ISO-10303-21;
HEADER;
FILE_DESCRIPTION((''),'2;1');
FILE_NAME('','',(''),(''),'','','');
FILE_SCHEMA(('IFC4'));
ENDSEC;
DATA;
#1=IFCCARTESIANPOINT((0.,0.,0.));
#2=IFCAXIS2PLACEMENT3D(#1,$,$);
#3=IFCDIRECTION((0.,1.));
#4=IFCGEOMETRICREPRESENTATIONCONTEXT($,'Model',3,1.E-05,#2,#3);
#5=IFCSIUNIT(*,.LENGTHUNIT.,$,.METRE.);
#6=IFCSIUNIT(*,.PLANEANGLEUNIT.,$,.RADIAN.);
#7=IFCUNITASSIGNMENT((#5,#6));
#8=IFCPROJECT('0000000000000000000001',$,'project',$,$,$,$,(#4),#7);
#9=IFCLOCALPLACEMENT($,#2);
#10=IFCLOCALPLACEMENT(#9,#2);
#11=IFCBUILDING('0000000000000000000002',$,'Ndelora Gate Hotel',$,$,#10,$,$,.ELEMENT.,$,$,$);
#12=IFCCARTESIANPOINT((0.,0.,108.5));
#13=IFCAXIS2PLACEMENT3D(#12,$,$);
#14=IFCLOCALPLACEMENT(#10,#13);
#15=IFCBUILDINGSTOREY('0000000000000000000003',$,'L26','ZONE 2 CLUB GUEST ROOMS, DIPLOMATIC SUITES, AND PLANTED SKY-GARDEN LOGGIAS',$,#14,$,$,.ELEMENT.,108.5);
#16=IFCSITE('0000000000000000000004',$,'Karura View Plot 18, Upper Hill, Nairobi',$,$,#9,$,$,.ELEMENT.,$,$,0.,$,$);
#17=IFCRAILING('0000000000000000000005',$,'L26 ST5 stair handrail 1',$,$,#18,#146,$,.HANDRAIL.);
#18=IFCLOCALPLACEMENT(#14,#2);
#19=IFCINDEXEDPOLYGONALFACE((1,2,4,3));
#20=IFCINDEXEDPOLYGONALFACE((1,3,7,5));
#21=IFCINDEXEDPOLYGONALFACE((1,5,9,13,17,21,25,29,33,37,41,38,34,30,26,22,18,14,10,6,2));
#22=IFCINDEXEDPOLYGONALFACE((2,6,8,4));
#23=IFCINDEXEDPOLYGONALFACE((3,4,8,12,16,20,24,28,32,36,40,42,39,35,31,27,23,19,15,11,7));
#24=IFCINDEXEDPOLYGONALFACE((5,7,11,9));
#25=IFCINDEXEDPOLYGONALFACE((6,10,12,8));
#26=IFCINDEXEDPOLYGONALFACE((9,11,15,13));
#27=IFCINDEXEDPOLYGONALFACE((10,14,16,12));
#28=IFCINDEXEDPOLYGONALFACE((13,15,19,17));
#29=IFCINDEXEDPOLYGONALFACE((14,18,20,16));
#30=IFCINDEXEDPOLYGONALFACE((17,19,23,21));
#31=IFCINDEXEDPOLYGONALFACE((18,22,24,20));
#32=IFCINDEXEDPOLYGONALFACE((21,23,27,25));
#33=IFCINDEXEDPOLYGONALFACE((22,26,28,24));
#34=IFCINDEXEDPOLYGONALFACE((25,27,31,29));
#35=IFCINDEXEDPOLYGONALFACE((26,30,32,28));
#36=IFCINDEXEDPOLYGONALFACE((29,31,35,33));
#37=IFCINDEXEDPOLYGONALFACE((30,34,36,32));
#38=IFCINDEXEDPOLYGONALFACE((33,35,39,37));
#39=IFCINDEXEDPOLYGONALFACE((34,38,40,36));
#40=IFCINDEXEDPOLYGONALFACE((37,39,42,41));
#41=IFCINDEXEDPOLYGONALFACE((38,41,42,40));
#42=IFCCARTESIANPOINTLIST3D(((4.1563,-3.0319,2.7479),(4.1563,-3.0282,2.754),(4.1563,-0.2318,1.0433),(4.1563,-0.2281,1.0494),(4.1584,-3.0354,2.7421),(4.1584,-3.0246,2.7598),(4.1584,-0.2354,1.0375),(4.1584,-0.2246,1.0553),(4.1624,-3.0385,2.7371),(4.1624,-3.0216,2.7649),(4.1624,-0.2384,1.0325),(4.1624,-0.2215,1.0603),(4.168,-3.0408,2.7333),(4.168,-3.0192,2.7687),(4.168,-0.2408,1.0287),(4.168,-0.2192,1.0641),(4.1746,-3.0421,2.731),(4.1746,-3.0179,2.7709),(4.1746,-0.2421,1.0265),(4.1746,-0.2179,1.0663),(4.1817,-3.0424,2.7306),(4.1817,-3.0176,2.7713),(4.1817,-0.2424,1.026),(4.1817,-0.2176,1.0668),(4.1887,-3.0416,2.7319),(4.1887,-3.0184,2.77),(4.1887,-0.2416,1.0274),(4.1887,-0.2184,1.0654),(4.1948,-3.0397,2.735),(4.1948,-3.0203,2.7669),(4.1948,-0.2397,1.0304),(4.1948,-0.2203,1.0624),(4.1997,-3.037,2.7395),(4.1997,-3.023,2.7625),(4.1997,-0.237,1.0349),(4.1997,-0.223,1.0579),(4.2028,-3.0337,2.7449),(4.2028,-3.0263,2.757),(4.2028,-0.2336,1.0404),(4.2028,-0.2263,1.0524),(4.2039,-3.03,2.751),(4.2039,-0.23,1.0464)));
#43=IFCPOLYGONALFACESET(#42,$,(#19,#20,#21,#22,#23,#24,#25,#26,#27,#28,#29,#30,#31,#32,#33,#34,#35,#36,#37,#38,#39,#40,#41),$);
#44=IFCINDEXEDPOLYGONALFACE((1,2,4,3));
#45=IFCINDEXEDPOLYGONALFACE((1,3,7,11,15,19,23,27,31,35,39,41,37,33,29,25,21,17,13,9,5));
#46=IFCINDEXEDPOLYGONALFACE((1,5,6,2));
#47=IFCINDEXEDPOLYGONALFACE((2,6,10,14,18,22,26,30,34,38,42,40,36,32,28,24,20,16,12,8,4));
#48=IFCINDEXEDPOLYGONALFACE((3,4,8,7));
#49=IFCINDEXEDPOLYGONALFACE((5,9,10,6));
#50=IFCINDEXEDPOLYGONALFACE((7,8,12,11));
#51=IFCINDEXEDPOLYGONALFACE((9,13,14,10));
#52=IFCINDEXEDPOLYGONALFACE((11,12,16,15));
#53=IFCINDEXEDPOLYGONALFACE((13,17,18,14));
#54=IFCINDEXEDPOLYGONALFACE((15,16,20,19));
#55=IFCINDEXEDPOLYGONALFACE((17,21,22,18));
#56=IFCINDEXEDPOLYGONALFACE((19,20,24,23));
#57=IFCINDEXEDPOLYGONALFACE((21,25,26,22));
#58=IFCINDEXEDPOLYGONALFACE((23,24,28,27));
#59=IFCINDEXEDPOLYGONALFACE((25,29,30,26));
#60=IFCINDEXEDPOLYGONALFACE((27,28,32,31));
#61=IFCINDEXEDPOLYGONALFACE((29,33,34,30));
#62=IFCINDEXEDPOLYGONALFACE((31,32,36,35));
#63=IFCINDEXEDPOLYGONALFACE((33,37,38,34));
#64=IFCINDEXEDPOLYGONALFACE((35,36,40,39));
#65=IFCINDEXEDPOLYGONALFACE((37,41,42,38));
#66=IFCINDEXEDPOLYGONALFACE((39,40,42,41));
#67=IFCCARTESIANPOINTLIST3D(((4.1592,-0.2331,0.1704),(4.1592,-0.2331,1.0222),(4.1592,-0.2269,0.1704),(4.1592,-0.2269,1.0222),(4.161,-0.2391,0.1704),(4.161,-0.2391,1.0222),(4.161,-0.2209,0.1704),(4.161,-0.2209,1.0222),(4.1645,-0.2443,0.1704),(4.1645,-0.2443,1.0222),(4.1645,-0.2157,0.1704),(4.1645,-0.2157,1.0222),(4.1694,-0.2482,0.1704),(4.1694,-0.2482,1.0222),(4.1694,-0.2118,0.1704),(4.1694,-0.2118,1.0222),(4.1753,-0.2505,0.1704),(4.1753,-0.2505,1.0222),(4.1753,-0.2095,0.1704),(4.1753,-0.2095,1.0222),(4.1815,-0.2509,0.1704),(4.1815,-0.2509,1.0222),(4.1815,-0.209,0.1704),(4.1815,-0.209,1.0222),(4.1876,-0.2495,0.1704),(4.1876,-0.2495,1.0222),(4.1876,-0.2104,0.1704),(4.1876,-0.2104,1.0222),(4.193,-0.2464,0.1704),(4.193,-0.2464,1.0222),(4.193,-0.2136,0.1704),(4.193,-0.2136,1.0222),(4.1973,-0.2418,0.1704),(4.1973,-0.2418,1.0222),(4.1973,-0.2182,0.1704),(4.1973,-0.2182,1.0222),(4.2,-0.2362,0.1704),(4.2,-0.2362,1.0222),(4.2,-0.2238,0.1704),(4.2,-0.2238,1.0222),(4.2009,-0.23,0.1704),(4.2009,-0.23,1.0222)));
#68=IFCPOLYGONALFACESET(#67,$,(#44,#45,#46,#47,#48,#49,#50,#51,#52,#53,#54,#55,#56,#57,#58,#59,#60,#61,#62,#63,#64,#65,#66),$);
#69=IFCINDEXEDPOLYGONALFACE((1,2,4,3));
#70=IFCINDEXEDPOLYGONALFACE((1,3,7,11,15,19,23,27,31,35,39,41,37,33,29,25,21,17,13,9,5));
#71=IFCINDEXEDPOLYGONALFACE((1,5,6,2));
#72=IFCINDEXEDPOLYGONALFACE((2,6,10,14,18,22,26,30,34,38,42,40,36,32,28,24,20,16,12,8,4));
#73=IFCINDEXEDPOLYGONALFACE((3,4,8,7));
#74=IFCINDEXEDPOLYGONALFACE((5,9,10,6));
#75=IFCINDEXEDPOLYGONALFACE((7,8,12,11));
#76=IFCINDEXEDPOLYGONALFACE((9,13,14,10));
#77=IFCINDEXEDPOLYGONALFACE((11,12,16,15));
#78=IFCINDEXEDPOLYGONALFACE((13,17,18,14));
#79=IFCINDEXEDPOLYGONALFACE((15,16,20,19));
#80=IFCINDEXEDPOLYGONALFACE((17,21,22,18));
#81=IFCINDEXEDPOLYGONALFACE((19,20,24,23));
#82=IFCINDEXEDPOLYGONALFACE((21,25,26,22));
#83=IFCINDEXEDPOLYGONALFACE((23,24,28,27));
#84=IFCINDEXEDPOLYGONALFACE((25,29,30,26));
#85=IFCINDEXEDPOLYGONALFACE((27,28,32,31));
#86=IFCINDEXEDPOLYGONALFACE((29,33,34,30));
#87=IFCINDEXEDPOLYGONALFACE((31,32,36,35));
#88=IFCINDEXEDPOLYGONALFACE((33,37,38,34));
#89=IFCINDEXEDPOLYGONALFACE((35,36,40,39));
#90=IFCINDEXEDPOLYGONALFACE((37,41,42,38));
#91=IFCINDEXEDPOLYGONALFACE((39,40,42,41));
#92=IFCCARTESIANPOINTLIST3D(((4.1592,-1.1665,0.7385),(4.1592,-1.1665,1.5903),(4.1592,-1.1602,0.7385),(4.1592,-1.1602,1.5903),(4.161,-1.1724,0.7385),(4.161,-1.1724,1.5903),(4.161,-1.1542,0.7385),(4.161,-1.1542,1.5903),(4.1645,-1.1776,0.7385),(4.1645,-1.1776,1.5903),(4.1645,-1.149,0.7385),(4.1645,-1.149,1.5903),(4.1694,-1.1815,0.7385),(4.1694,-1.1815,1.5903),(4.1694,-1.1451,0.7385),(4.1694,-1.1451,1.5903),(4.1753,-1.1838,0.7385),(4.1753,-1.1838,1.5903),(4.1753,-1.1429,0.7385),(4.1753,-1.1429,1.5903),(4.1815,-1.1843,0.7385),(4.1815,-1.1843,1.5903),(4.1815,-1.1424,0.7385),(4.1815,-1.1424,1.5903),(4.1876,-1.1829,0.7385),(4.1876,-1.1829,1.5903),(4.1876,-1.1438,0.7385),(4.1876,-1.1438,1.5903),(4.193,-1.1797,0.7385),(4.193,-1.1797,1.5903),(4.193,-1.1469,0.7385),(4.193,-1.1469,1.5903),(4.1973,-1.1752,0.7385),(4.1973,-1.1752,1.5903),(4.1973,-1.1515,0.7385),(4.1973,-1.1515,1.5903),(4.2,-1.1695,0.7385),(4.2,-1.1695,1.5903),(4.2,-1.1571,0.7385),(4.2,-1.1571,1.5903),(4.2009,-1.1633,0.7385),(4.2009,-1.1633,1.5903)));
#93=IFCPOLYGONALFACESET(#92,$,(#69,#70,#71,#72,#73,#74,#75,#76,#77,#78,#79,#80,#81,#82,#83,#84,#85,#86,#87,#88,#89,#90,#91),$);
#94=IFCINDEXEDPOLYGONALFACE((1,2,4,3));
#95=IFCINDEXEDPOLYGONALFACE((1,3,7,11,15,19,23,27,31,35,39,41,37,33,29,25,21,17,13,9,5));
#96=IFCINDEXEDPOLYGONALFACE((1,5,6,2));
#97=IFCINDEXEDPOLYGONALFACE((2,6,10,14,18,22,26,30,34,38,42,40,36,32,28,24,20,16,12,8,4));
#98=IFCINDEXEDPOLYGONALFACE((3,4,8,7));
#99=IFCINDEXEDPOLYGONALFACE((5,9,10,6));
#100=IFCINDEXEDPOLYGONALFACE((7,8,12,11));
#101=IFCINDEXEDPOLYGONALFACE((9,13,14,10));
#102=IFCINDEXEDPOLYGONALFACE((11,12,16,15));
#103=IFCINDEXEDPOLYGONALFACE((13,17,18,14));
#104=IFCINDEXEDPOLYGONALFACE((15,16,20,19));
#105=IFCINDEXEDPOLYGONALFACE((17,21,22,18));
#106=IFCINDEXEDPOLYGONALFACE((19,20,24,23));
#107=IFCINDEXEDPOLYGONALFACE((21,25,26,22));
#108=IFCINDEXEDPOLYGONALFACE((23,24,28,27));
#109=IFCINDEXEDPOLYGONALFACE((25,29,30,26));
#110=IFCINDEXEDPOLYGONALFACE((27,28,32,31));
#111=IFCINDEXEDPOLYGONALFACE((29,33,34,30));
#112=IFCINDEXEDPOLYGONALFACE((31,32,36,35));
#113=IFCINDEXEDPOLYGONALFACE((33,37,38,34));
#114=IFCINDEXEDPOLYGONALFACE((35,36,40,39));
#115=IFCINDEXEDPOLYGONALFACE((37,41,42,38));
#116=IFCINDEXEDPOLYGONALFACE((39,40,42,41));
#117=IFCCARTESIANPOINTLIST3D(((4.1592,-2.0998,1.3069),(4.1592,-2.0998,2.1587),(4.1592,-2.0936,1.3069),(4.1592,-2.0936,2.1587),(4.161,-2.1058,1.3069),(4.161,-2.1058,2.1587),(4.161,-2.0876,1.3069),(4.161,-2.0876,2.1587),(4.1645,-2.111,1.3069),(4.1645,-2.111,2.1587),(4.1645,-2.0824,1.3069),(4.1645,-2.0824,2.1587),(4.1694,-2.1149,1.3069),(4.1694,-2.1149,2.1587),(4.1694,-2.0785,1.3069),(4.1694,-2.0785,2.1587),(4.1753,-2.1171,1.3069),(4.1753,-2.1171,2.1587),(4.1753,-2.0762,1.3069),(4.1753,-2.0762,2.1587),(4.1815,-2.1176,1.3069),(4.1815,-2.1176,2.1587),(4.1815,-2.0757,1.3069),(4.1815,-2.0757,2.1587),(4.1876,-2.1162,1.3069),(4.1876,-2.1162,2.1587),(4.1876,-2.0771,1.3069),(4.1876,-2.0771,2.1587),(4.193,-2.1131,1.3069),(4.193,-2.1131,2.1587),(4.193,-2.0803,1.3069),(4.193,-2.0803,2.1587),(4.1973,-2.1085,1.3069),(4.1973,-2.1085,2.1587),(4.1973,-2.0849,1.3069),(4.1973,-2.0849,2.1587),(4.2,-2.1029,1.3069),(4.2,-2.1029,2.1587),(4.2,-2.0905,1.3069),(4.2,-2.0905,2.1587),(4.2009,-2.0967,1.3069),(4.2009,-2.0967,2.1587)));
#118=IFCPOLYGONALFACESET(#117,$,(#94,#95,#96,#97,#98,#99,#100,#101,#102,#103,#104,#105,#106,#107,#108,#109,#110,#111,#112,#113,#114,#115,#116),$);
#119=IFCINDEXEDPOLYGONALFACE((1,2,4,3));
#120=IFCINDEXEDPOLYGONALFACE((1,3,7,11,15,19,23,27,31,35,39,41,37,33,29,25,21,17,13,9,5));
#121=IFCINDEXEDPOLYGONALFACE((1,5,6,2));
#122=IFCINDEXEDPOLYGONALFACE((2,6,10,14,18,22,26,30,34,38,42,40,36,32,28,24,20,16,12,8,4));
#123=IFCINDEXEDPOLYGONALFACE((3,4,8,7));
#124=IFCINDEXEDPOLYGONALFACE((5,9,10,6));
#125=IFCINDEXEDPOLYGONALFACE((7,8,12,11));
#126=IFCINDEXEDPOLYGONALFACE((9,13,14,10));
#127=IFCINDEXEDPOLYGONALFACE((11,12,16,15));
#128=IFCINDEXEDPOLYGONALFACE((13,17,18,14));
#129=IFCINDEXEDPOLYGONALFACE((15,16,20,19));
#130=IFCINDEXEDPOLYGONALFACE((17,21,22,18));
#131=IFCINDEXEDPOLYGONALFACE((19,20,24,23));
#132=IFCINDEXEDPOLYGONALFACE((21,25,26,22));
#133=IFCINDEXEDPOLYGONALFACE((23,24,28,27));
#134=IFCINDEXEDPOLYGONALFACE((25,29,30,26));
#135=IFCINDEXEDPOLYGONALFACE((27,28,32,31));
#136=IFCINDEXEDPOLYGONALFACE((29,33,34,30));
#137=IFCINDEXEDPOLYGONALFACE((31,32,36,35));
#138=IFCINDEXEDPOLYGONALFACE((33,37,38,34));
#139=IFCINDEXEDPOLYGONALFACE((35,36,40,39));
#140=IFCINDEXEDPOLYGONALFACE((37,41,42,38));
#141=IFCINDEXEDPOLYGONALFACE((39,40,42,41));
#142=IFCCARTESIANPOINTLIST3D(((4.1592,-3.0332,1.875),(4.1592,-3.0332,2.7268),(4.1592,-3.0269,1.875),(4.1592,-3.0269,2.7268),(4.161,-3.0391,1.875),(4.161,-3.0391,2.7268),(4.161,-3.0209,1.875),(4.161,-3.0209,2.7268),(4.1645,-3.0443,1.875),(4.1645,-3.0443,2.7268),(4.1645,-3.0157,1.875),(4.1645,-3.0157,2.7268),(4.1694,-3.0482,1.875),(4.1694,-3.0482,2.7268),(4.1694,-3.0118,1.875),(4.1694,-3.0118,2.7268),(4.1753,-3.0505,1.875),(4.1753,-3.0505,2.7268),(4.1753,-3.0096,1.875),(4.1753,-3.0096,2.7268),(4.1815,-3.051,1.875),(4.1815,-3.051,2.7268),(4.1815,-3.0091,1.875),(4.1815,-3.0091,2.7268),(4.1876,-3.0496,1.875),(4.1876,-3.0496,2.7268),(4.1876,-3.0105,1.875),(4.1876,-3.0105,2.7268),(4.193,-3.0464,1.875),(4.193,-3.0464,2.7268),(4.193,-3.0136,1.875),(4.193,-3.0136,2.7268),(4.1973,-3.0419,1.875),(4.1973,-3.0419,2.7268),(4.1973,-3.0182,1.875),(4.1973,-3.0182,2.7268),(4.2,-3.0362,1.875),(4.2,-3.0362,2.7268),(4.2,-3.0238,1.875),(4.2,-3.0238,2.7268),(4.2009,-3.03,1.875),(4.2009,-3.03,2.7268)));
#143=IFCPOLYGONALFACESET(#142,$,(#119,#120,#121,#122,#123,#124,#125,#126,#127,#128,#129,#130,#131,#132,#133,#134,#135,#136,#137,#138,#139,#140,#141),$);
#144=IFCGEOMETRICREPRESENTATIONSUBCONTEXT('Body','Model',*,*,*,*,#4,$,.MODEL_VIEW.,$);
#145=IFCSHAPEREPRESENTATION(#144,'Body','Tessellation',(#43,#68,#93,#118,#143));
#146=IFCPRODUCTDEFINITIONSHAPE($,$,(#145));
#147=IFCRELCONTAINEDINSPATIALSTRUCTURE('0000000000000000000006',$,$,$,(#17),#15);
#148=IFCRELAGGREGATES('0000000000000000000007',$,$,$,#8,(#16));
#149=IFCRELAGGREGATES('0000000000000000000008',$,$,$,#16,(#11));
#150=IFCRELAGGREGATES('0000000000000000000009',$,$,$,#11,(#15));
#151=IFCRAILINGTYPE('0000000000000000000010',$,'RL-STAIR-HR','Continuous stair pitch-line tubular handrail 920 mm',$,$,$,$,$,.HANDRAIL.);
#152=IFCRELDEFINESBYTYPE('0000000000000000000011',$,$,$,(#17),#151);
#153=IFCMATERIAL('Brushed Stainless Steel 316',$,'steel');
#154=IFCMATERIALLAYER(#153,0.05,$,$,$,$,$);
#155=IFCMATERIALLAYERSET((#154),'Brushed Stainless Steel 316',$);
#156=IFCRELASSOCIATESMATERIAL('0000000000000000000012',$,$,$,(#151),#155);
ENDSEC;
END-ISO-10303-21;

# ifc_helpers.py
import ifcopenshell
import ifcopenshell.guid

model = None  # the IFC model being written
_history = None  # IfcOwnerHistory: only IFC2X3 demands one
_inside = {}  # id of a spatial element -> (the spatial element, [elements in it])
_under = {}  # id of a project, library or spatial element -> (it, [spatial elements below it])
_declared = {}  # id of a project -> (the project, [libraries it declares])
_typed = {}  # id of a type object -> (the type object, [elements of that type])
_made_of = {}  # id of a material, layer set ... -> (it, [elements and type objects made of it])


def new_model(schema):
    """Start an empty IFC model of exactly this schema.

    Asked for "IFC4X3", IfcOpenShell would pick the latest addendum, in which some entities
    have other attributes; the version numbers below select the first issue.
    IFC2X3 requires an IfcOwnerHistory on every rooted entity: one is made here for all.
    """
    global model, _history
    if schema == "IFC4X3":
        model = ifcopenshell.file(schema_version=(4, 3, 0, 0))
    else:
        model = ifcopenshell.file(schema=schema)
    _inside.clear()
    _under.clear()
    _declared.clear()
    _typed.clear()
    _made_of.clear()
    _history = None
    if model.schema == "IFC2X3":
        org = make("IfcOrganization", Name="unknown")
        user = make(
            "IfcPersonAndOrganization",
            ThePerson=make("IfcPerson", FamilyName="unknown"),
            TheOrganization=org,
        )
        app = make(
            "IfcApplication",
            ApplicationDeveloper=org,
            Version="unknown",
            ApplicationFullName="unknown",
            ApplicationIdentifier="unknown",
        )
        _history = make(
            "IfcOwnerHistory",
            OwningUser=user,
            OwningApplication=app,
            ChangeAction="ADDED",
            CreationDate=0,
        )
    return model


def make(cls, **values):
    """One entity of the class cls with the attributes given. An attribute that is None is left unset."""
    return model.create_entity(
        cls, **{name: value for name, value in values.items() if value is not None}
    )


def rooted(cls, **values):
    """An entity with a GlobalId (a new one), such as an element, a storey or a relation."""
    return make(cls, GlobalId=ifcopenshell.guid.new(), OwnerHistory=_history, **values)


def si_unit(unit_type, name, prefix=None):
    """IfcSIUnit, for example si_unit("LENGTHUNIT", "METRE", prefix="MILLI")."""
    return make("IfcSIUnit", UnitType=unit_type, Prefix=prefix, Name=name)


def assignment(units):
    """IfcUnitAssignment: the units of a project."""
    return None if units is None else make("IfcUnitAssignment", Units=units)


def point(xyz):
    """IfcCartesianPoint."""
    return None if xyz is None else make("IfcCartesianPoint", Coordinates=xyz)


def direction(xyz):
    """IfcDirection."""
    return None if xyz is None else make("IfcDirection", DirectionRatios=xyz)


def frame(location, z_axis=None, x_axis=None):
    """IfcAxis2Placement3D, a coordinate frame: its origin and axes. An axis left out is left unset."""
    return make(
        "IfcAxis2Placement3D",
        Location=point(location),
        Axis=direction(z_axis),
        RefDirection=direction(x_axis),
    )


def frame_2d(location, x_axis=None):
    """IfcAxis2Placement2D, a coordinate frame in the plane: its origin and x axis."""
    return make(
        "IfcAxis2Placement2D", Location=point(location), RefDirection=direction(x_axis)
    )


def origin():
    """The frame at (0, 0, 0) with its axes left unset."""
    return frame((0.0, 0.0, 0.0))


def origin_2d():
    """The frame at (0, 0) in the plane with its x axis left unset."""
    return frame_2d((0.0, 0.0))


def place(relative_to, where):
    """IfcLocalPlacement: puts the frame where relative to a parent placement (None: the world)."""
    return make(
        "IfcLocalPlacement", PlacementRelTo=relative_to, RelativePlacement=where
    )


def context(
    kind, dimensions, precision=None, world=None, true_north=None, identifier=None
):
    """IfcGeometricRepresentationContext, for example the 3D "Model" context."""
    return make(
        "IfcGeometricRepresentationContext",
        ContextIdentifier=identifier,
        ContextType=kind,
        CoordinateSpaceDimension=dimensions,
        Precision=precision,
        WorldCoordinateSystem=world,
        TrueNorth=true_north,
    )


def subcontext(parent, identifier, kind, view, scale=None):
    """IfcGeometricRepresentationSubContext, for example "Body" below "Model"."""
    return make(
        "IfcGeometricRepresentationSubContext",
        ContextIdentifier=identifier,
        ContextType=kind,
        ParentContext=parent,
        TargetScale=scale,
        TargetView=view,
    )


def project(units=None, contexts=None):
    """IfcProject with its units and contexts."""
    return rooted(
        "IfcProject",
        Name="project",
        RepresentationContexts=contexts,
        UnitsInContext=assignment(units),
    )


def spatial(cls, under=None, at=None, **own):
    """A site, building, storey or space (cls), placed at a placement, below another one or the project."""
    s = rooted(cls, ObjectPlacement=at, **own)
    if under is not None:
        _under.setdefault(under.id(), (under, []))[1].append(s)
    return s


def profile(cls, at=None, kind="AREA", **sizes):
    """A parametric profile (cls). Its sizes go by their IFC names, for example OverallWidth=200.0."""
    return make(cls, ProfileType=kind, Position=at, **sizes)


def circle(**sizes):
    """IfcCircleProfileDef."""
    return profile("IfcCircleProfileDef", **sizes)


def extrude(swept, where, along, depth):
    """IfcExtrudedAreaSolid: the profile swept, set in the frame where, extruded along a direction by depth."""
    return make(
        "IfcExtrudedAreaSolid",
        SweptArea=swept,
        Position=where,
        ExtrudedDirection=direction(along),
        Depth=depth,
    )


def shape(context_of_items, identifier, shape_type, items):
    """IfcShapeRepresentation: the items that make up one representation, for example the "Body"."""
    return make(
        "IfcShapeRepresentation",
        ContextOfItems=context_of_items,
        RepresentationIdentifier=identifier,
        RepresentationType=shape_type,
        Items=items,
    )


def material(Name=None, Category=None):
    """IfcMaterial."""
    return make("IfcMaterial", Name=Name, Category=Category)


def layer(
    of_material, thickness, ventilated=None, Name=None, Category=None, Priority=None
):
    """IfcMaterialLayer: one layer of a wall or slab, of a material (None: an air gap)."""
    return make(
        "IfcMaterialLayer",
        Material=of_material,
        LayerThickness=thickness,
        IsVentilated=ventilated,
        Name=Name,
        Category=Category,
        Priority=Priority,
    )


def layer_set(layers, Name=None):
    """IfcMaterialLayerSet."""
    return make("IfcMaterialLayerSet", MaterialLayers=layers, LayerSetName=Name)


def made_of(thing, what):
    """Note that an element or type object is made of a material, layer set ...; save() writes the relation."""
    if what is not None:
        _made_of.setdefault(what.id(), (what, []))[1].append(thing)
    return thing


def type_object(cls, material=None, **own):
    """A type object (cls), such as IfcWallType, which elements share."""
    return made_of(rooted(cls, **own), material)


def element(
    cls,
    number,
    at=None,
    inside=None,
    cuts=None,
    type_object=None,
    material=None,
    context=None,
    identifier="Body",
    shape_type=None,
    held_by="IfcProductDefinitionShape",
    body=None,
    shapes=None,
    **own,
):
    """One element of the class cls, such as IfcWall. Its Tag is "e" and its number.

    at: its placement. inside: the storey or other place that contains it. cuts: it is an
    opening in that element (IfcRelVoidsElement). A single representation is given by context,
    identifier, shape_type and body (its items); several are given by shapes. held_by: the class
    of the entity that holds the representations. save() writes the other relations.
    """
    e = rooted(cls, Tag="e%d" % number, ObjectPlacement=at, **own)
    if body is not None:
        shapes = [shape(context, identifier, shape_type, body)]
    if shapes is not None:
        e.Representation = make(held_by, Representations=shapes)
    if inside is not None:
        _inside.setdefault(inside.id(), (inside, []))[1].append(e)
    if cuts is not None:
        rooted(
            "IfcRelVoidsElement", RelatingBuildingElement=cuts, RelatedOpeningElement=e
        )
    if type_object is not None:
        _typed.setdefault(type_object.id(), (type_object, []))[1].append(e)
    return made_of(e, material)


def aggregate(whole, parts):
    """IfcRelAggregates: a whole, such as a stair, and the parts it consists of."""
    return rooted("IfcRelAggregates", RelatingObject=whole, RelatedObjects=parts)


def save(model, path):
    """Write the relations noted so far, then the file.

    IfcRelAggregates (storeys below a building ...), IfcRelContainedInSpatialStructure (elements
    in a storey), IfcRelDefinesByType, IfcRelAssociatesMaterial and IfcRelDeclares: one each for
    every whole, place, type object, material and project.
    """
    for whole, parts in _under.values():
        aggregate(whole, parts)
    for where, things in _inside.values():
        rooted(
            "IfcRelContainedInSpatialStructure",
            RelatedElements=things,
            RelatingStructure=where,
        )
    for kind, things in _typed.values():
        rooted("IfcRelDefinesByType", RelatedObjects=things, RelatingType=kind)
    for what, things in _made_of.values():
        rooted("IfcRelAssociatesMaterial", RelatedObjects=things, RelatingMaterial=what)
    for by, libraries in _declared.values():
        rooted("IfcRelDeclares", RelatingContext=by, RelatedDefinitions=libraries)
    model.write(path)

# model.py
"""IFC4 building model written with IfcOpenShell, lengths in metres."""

from ifc_helpers import new_model, si_unit, direction, frame, origin, origin_2d, place, context, subcontext, project, spatial, circle, extrude, material, layer, layer_set, type_object, element, save


model = new_model("IFC4")

# Units and contexts
model_context = context("Model", 3, precision=1e-05, world=origin(), true_north=direction((0.0, 1.0)))
body_context = subcontext(model_context, "Body", "Model", "MODEL_VIEW")
ifc_project = project(units=[si_unit("LENGTHUNIT", "METRE"), si_unit("PLANEANGLEUNIT", "RADIAN")], contexts=[model_context])

# Site, building, storey
site_placement = place(None, origin())
site = spatial("IfcSite", under=ifc_project, at=site_placement, Name="Karura View Plot 18, Upper Hill, Nairobi", CompositionType="ELEMENT", RefElevation=0.0)
building_placement = place(site_placement, origin())
building = spatial("IfcBuilding", under=site, at=building_placement, Name="Ndelora Gate Hotel", CompositionType="ELEMENT")
storey_placement = place(building_placement, frame((0.0, 0.0, 108.5)))
storey = spatial("IfcBuildingStorey", under=building, at=storey_placement, Name="L26", Description="ZONE 2 CLUB GUEST ROOMS, DIPLOMATIC SUITES, AND PLANTED SKY-GARDEN LOGGIAS", CompositionType="ELEMENT", Elevation=108.5)

# Railing
ifc_material_1 = material(Name="Brushed Stainless Steel 316", Category="steel")
ifc_layer_1 = layer(ifc_material_1, 0.05)
ifc_layer_set_1 = layer_set([ifc_layer_1], Name="Brushed Stainless Steel 316")
railing_type_1 = type_object("IfcRailingType", Name="RL-STAIR-HR", Description="Continuous stair pitch-line tubular handrail 920 mm", PredefinedType="HANDRAIL", material=ifc_layer_set_1)
railing_1_placement = place(storey_placement, frame((4.1799, -0.23, 0.1704)))
element("IfcRailing", 1, at=railing_1_placement, inside=storey, type_object=railing_type_1, Name="L26 ST5 stair handrail 1", PredefinedType="HANDRAIL", context=body_context, shape_type="SweptSolid", body=[
    extrude(circle(Radius=0.0239, at=origin_2d()), frame((0.0, 0.0, 0.876), z_axis=(0.0, -0.85417, 0.519994), x_axis=(1.0, 0.0, 0.0)), (0.0, 0.0, 1.0), 3.2781),
    extrude(circle(Radius=0.021, at=origin_2d()), origin(), (0.0, 0.0, 1.0), 0.8518),
    extrude(circle(Radius=0.021, at=origin_2d()), frame((0.0, -0.9333, 0.5681)), (0.0, 0.0, 1.0), 0.8518),
    extrude(circle(Radius=0.021, at=origin_2d()), frame((0.0, -1.8667, 1.1365)), (0.0, 0.0, 1.0), 0.8518),
    extrude(circle(Radius=0.021, at=origin_2d()), frame((0.0, -2.8, 1.7046)), (0.0, 0.0, 1.0), 0.8518),
])

save(model, "model.ifc")
